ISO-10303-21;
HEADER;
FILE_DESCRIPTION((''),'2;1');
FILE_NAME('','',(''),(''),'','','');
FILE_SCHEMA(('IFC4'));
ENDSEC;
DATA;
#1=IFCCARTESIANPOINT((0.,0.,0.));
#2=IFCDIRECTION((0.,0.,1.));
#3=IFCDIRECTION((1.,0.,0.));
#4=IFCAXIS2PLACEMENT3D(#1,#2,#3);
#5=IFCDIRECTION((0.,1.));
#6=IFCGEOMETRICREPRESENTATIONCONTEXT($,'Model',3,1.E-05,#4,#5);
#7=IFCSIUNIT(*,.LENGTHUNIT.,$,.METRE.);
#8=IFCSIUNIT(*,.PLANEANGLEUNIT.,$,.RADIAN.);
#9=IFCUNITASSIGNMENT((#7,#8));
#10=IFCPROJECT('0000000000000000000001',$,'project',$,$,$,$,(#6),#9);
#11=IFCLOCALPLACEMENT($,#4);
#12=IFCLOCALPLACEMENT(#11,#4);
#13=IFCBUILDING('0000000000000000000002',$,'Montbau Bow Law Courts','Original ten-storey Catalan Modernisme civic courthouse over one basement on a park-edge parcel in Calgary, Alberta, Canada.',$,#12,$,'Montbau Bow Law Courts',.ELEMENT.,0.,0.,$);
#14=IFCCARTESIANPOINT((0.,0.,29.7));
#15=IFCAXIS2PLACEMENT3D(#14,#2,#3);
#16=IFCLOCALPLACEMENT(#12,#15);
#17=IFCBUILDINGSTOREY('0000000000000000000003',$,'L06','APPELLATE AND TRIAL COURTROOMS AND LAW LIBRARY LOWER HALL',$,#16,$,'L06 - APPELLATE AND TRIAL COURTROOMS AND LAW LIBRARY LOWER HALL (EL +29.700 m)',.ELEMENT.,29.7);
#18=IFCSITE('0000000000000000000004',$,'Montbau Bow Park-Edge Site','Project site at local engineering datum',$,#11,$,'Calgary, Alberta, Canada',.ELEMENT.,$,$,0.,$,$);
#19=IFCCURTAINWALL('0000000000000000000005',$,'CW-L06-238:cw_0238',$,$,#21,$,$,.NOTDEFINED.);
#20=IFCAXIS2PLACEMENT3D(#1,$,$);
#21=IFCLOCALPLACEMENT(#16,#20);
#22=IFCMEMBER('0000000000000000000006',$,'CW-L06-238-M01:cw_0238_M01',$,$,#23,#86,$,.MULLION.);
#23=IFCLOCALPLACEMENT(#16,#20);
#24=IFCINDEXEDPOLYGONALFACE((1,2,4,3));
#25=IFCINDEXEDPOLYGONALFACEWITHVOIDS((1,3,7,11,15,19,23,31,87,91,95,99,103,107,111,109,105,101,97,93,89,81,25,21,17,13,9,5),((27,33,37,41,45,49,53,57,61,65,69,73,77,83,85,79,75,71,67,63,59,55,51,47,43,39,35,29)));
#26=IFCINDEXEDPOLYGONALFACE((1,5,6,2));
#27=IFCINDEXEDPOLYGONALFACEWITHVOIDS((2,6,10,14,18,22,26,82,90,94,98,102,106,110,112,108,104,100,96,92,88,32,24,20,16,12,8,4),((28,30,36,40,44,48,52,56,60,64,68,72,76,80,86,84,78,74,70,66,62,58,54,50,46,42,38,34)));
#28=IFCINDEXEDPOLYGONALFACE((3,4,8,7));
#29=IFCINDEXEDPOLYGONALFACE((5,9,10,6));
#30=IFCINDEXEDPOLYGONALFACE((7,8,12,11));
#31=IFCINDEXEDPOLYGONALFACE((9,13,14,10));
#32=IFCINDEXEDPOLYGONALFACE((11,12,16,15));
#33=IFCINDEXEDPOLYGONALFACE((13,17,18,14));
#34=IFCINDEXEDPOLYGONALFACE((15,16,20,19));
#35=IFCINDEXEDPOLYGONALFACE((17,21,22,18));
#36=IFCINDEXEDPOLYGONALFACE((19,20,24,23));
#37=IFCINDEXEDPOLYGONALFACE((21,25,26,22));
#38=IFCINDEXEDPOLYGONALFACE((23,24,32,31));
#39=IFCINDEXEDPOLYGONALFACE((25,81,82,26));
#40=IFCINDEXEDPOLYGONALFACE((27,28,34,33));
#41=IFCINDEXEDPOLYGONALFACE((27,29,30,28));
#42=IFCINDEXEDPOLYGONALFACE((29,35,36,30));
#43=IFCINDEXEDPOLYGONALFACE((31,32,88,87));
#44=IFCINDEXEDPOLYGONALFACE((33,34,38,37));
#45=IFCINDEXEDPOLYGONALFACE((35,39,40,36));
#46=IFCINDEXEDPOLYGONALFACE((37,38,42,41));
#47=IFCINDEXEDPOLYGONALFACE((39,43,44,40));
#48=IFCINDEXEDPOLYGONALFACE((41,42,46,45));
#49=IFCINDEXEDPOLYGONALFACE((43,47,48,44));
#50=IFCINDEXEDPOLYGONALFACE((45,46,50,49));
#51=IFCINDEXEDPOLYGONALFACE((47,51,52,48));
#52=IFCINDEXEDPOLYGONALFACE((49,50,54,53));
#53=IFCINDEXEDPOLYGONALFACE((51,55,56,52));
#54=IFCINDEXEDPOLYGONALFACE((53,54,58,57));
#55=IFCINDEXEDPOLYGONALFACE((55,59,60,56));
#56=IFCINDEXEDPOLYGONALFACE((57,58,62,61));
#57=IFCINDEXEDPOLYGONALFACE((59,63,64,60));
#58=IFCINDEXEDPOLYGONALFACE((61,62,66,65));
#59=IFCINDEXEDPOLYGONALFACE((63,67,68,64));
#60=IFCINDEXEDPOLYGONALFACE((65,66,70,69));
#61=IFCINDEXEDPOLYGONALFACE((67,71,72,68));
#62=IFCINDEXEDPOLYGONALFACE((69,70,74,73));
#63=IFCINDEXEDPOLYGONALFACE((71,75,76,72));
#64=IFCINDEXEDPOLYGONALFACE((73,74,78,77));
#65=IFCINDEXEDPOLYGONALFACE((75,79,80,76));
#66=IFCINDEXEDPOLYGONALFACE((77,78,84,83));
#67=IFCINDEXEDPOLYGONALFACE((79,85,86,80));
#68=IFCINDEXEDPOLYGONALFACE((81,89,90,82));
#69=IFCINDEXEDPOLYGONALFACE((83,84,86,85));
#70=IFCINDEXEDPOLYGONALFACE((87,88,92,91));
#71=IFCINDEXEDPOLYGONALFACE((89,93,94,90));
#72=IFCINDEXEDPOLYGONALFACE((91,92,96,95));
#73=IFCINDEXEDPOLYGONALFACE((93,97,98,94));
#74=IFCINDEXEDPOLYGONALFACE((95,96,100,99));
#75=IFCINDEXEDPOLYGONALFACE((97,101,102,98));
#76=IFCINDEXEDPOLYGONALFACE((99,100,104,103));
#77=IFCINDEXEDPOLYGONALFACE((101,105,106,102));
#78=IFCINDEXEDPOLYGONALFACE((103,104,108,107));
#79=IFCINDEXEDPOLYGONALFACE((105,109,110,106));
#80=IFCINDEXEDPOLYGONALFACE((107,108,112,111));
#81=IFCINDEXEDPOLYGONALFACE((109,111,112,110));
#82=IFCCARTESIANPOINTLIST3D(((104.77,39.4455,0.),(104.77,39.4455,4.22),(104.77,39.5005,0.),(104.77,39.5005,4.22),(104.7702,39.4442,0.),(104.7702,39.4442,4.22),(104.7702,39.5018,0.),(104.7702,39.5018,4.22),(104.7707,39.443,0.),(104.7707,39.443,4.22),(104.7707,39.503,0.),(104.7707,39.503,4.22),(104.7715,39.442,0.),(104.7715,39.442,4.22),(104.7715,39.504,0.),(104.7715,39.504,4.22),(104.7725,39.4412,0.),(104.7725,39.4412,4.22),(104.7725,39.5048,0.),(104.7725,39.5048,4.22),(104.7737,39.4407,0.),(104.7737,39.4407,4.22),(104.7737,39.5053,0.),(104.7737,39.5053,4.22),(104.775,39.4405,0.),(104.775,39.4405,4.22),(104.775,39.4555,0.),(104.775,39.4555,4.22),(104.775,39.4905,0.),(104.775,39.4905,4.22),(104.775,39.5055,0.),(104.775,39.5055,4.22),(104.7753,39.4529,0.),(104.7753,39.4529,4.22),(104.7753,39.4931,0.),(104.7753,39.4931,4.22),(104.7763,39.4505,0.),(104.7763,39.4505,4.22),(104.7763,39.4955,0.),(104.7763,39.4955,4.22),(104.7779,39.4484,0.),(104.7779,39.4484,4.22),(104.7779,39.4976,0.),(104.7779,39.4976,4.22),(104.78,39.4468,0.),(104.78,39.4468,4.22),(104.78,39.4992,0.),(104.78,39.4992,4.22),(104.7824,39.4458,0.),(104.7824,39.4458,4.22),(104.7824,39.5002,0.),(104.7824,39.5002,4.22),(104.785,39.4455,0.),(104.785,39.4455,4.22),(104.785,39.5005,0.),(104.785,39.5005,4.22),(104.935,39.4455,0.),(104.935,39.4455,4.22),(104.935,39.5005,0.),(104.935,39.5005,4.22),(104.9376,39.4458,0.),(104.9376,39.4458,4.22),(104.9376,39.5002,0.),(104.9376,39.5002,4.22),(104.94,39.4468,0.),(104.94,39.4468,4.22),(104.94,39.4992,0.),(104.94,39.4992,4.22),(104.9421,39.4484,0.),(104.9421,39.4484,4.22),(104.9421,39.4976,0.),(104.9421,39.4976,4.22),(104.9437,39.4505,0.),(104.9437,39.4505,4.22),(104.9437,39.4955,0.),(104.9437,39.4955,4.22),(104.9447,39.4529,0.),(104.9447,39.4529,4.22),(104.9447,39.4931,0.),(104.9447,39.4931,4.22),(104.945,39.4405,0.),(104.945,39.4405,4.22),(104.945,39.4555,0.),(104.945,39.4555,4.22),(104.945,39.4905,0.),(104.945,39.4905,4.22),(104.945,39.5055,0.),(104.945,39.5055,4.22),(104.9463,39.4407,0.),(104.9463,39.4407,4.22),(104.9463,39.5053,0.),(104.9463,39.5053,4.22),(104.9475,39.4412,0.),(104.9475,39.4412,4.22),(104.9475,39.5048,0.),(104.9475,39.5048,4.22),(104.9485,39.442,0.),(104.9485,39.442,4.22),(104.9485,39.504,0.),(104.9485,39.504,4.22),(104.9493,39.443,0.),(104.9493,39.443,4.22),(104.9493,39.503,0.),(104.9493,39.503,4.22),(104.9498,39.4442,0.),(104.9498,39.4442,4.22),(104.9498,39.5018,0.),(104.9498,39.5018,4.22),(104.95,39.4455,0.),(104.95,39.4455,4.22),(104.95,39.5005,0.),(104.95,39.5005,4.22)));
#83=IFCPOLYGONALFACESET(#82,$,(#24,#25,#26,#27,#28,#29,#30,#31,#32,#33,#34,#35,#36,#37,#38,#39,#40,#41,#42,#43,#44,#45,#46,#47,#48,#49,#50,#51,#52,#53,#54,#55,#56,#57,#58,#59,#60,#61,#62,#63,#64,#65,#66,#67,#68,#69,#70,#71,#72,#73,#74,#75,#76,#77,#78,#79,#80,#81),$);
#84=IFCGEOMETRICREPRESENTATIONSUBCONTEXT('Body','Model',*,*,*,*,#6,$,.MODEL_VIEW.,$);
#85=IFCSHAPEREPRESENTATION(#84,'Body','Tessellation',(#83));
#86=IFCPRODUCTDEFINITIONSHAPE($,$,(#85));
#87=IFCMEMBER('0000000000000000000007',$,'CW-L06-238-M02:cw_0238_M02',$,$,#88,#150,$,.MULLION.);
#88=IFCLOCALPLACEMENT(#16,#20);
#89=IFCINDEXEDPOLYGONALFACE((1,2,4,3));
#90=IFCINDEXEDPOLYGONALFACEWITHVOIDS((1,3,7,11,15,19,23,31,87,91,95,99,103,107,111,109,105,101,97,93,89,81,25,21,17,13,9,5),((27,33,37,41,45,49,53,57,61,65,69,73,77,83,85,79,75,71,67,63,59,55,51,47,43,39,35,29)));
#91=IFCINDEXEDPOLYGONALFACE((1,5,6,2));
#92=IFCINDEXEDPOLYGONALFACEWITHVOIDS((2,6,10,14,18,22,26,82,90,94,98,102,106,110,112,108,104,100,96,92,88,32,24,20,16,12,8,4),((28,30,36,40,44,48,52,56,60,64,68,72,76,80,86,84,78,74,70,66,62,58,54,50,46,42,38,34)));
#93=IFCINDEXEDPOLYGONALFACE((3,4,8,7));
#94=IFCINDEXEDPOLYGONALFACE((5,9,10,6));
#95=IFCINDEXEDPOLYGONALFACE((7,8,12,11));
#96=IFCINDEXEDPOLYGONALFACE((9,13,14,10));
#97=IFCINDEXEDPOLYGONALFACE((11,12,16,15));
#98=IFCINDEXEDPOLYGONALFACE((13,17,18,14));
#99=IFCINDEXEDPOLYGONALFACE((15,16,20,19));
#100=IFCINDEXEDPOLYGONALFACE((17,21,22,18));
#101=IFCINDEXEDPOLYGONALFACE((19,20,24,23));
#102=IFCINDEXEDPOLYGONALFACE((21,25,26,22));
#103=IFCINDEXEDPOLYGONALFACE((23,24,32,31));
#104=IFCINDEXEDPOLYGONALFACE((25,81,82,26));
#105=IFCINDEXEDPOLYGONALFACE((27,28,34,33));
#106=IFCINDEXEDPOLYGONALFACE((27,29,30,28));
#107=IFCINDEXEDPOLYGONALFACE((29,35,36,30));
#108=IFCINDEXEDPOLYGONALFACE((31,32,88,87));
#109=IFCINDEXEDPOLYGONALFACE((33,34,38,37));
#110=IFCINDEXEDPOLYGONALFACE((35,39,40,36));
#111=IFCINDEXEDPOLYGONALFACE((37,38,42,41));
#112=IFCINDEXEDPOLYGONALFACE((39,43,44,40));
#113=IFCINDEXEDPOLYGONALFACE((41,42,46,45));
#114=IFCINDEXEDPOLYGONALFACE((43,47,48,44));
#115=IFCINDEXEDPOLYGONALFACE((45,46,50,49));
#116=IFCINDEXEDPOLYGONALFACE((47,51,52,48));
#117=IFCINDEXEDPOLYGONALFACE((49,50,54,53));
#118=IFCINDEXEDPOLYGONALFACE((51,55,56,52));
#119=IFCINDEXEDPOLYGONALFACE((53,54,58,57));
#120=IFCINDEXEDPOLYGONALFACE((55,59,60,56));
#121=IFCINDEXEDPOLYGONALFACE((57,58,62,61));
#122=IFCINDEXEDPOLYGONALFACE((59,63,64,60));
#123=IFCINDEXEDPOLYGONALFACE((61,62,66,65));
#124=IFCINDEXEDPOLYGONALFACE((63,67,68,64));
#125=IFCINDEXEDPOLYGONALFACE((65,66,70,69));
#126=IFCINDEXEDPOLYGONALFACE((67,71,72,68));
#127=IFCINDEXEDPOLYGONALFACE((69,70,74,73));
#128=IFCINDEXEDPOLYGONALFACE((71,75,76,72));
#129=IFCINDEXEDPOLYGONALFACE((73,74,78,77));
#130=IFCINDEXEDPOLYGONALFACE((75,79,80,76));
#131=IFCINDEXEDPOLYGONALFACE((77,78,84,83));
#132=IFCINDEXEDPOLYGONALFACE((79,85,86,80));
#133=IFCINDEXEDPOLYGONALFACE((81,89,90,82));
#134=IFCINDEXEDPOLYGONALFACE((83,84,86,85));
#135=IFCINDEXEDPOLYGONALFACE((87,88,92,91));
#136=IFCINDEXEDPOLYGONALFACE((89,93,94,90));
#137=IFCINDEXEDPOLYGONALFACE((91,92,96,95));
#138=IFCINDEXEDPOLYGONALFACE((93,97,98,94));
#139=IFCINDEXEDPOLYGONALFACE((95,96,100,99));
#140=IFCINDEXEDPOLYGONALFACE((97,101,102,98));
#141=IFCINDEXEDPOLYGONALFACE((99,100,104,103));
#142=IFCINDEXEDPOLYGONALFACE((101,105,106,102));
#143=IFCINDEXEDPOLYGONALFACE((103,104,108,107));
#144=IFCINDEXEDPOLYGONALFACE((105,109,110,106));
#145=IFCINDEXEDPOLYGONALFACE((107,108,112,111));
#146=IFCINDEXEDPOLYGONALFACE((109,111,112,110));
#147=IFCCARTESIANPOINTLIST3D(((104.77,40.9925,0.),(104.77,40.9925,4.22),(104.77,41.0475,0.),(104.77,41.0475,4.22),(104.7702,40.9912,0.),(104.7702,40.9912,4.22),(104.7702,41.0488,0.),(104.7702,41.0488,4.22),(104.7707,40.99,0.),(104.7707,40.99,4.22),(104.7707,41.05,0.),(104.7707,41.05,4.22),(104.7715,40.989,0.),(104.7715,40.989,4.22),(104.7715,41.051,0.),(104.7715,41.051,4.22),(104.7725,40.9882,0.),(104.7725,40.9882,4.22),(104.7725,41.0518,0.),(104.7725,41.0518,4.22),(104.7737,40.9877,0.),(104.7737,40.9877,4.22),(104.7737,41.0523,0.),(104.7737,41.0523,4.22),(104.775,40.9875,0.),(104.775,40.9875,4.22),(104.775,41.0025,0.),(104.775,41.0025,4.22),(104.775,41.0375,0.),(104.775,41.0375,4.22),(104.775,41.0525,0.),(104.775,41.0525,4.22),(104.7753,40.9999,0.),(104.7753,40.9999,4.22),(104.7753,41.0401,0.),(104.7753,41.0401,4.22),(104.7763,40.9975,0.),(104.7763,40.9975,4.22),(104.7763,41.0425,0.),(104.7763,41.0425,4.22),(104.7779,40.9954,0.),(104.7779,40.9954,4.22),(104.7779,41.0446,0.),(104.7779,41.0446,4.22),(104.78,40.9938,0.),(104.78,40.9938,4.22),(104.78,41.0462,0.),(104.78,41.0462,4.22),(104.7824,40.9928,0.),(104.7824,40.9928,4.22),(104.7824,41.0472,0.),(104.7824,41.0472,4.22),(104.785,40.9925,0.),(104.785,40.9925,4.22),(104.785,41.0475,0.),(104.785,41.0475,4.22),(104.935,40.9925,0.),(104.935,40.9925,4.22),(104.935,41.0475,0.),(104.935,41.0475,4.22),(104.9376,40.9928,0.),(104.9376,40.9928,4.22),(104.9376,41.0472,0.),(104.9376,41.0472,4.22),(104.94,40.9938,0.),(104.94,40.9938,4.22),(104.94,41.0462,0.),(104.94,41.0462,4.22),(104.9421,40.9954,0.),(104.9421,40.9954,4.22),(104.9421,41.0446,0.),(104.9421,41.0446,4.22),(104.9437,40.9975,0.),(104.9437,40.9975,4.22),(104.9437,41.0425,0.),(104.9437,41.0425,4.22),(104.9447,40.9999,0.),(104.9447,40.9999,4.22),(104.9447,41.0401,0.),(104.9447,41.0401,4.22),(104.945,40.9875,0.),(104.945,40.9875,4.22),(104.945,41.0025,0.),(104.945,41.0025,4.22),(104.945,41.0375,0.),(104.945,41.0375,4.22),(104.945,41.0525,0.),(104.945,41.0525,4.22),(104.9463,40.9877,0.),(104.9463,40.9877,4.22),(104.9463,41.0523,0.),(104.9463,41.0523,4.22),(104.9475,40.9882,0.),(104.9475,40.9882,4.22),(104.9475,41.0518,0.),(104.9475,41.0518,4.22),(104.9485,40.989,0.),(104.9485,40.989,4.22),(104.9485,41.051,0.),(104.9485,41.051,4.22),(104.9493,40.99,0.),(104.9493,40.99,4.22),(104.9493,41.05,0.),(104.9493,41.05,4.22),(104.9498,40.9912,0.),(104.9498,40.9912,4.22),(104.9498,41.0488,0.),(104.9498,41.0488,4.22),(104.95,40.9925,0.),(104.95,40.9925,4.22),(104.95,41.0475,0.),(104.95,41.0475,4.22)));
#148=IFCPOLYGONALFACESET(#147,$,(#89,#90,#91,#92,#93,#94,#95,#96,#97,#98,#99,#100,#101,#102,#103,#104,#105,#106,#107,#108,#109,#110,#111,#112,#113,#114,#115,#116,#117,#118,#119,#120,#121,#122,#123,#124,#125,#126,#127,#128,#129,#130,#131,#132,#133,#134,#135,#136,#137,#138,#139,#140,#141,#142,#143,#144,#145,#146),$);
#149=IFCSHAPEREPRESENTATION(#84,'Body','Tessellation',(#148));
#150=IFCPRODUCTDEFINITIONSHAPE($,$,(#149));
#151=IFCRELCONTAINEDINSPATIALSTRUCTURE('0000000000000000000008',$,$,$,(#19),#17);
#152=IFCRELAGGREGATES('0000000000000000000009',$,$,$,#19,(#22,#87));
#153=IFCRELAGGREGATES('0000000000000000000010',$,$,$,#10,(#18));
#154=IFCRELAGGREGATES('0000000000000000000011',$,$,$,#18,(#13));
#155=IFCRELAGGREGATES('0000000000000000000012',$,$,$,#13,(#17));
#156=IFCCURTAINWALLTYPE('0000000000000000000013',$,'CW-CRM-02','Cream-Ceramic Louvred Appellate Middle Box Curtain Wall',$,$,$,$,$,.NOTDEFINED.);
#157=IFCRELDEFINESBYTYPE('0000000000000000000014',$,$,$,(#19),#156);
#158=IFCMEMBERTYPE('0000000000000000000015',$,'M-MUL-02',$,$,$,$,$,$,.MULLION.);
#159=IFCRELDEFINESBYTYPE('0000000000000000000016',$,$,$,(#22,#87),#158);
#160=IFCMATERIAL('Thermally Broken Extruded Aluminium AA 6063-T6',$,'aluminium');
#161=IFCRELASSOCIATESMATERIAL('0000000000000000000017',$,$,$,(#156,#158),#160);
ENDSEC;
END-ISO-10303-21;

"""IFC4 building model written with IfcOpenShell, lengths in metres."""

from ifc_helpers import new_model, si_unit, direction, frame, origin_with_axes, origin_2d_with_axis, place, context, subcontext, project, spatial, hollow_rectangle, extrude, material, material_profile, profile_set, type_object, element, aggregate, save


model = new_model("IFC4")

# Units and contexts
model_context = context("Model", 3, precision=1e-05, world=origin_with_axes(), true_north=direction((0.0, 1.0)))
body_context = subcontext(model_context, "Body", "Model", "MODEL_VIEW")
ifc_project = project(units=[si_unit("LENGTHUNIT", "METRE"), si_unit("PLANEANGLEUNIT", "RADIAN")], contexts=[model_context])

# Site, building, storey
site_placement = place(None, origin_with_axes())
site = spatial("IfcSite", under=ifc_project, at=site_placement, Name="Montbau Bow Park-Edge Site", Description="Project site at local engineering datum", LongName="Calgary, Alberta, Canada", CompositionType="ELEMENT", RefElevation=0.0)
building_placement = place(site_placement, origin_with_axes())
building = spatial("IfcBuilding", under=site, at=building_placement, Name="Montbau Bow Law Courts", Description="Original ten-storey Catalan Modernisme civic courthouse over one basement on a park-edge parcel in Calgary, Alberta, Canada.", LongName="Montbau Bow Law Courts", CompositionType="ELEMENT", ElevationOfRefHeight=0.0, ElevationOfTerrain=0.0)
storey_placement = place(building_placement, frame((0.0, 0.0, 29.7), z_axis=(0.0, 0.0, 1.0), x_axis=(1.0, 0.0, 0.0)))
storey = spatial("IfcBuildingStorey", under=building, at=storey_placement, Name="L06", Description="APPELLATE AND TRIAL COURTROOMS AND LAW LIBRARY LOWER HALL", LongName="L06 - APPELLATE AND TRIAL COURTROOMS AND LAW LIBRARY LOWER HALL (EL +29.700 m)", CompositionType="ELEMENT", Elevation=29.7)

# Shared definitions
ifc_material_1 = material(Name="Thermally Broken Extruded Aluminium AA 6063-T6", Category="aluminium")
curtain_wall_type = type_object("IfcCurtainWallType", Name="CW-CRM-02", Description="Cream-Ceramic Louvred Appellate Middle Box Curtain Wall", PredefinedType="NOTDEFINED", material=ifc_material_1)

# Curtain wall, members
curtain_wall_1_placement = place(None, frame((104.86, 39.44, 29.7), z_axis=(0.0, 0.0, 1.0), x_axis=(1.0, 0.0, 0.0)))
curtain_wall_1 = element("IfcCurtainWall", 1, at=curtain_wall_1_placement, inside=storey, type_object=curtain_wall_type, Name="CW-L06-238:cw_0238", PredefinedType="NOTDEFINED")
ifc_material_profile_1 = material_profile(ifc_material_1, hollow_rectangle(XDim=0.065, YDim=0.18, WallThickness=0.005, InnerFilletRadius=0.01, OuterFilletRadius=0.005, at=origin_2d_with_axis()), Name="CWM-180X65", Category="Main", Priority=0)
ifc_profile_set_1 = profile_set([ifc_material_profile_1], Name="Thermally Broken Extruded Aluminium AA 6063-T6")
member_type_1 = type_object("IfcMemberType", Name="M-MUL-02", PredefinedType="MULLION", material=ifc_profile_set_1)
member_1_placement = place(None, frame((104.86, 39.473, 29.7), z_axis=(0.0, 0.0, 1.0), x_axis=(0.0, 1.0, 0.0)))
member_1 = element("IfcMember", 2, at=member_1_placement, type_object=member_type_1, Name="CW-L06-238-M01:cw_0238_M01", PredefinedType="MULLION", context=body_context, shape_type="SweptSolid", body=[
    extrude(hollow_rectangle(XDim=0.065, YDim=0.18, WallThickness=0.005, InnerFilletRadius=0.01, OuterFilletRadius=0.005, at=origin_2d_with_axis()), origin_with_axes(), (0.0, 0.0, 1.0), 4.22),
])
member_2_placement = place(None, frame((104.86, 41.02, 29.7), z_axis=(0.0, 0.0, 1.0), x_axis=(0.0, 1.0, 0.0)))
member_2 = element("IfcMember", 3, at=member_2_placement, type_object=member_type_1, Name="CW-L06-238-M02:cw_0238_M02", PredefinedType="MULLION", context=body_context, shape_type="SweptSolid", body=[
    extrude(hollow_rectangle(XDim=0.065, YDim=0.18, WallThickness=0.005, InnerFilletRadius=0.01, OuterFilletRadius=0.005, at=origin_2d_with_axis()), origin_with_axes(), (0.0, 0.0, 1.0), 4.22),
])

aggregate(curtain_wall_1, [member_1, member_2])

save(model, "model.ifc")
